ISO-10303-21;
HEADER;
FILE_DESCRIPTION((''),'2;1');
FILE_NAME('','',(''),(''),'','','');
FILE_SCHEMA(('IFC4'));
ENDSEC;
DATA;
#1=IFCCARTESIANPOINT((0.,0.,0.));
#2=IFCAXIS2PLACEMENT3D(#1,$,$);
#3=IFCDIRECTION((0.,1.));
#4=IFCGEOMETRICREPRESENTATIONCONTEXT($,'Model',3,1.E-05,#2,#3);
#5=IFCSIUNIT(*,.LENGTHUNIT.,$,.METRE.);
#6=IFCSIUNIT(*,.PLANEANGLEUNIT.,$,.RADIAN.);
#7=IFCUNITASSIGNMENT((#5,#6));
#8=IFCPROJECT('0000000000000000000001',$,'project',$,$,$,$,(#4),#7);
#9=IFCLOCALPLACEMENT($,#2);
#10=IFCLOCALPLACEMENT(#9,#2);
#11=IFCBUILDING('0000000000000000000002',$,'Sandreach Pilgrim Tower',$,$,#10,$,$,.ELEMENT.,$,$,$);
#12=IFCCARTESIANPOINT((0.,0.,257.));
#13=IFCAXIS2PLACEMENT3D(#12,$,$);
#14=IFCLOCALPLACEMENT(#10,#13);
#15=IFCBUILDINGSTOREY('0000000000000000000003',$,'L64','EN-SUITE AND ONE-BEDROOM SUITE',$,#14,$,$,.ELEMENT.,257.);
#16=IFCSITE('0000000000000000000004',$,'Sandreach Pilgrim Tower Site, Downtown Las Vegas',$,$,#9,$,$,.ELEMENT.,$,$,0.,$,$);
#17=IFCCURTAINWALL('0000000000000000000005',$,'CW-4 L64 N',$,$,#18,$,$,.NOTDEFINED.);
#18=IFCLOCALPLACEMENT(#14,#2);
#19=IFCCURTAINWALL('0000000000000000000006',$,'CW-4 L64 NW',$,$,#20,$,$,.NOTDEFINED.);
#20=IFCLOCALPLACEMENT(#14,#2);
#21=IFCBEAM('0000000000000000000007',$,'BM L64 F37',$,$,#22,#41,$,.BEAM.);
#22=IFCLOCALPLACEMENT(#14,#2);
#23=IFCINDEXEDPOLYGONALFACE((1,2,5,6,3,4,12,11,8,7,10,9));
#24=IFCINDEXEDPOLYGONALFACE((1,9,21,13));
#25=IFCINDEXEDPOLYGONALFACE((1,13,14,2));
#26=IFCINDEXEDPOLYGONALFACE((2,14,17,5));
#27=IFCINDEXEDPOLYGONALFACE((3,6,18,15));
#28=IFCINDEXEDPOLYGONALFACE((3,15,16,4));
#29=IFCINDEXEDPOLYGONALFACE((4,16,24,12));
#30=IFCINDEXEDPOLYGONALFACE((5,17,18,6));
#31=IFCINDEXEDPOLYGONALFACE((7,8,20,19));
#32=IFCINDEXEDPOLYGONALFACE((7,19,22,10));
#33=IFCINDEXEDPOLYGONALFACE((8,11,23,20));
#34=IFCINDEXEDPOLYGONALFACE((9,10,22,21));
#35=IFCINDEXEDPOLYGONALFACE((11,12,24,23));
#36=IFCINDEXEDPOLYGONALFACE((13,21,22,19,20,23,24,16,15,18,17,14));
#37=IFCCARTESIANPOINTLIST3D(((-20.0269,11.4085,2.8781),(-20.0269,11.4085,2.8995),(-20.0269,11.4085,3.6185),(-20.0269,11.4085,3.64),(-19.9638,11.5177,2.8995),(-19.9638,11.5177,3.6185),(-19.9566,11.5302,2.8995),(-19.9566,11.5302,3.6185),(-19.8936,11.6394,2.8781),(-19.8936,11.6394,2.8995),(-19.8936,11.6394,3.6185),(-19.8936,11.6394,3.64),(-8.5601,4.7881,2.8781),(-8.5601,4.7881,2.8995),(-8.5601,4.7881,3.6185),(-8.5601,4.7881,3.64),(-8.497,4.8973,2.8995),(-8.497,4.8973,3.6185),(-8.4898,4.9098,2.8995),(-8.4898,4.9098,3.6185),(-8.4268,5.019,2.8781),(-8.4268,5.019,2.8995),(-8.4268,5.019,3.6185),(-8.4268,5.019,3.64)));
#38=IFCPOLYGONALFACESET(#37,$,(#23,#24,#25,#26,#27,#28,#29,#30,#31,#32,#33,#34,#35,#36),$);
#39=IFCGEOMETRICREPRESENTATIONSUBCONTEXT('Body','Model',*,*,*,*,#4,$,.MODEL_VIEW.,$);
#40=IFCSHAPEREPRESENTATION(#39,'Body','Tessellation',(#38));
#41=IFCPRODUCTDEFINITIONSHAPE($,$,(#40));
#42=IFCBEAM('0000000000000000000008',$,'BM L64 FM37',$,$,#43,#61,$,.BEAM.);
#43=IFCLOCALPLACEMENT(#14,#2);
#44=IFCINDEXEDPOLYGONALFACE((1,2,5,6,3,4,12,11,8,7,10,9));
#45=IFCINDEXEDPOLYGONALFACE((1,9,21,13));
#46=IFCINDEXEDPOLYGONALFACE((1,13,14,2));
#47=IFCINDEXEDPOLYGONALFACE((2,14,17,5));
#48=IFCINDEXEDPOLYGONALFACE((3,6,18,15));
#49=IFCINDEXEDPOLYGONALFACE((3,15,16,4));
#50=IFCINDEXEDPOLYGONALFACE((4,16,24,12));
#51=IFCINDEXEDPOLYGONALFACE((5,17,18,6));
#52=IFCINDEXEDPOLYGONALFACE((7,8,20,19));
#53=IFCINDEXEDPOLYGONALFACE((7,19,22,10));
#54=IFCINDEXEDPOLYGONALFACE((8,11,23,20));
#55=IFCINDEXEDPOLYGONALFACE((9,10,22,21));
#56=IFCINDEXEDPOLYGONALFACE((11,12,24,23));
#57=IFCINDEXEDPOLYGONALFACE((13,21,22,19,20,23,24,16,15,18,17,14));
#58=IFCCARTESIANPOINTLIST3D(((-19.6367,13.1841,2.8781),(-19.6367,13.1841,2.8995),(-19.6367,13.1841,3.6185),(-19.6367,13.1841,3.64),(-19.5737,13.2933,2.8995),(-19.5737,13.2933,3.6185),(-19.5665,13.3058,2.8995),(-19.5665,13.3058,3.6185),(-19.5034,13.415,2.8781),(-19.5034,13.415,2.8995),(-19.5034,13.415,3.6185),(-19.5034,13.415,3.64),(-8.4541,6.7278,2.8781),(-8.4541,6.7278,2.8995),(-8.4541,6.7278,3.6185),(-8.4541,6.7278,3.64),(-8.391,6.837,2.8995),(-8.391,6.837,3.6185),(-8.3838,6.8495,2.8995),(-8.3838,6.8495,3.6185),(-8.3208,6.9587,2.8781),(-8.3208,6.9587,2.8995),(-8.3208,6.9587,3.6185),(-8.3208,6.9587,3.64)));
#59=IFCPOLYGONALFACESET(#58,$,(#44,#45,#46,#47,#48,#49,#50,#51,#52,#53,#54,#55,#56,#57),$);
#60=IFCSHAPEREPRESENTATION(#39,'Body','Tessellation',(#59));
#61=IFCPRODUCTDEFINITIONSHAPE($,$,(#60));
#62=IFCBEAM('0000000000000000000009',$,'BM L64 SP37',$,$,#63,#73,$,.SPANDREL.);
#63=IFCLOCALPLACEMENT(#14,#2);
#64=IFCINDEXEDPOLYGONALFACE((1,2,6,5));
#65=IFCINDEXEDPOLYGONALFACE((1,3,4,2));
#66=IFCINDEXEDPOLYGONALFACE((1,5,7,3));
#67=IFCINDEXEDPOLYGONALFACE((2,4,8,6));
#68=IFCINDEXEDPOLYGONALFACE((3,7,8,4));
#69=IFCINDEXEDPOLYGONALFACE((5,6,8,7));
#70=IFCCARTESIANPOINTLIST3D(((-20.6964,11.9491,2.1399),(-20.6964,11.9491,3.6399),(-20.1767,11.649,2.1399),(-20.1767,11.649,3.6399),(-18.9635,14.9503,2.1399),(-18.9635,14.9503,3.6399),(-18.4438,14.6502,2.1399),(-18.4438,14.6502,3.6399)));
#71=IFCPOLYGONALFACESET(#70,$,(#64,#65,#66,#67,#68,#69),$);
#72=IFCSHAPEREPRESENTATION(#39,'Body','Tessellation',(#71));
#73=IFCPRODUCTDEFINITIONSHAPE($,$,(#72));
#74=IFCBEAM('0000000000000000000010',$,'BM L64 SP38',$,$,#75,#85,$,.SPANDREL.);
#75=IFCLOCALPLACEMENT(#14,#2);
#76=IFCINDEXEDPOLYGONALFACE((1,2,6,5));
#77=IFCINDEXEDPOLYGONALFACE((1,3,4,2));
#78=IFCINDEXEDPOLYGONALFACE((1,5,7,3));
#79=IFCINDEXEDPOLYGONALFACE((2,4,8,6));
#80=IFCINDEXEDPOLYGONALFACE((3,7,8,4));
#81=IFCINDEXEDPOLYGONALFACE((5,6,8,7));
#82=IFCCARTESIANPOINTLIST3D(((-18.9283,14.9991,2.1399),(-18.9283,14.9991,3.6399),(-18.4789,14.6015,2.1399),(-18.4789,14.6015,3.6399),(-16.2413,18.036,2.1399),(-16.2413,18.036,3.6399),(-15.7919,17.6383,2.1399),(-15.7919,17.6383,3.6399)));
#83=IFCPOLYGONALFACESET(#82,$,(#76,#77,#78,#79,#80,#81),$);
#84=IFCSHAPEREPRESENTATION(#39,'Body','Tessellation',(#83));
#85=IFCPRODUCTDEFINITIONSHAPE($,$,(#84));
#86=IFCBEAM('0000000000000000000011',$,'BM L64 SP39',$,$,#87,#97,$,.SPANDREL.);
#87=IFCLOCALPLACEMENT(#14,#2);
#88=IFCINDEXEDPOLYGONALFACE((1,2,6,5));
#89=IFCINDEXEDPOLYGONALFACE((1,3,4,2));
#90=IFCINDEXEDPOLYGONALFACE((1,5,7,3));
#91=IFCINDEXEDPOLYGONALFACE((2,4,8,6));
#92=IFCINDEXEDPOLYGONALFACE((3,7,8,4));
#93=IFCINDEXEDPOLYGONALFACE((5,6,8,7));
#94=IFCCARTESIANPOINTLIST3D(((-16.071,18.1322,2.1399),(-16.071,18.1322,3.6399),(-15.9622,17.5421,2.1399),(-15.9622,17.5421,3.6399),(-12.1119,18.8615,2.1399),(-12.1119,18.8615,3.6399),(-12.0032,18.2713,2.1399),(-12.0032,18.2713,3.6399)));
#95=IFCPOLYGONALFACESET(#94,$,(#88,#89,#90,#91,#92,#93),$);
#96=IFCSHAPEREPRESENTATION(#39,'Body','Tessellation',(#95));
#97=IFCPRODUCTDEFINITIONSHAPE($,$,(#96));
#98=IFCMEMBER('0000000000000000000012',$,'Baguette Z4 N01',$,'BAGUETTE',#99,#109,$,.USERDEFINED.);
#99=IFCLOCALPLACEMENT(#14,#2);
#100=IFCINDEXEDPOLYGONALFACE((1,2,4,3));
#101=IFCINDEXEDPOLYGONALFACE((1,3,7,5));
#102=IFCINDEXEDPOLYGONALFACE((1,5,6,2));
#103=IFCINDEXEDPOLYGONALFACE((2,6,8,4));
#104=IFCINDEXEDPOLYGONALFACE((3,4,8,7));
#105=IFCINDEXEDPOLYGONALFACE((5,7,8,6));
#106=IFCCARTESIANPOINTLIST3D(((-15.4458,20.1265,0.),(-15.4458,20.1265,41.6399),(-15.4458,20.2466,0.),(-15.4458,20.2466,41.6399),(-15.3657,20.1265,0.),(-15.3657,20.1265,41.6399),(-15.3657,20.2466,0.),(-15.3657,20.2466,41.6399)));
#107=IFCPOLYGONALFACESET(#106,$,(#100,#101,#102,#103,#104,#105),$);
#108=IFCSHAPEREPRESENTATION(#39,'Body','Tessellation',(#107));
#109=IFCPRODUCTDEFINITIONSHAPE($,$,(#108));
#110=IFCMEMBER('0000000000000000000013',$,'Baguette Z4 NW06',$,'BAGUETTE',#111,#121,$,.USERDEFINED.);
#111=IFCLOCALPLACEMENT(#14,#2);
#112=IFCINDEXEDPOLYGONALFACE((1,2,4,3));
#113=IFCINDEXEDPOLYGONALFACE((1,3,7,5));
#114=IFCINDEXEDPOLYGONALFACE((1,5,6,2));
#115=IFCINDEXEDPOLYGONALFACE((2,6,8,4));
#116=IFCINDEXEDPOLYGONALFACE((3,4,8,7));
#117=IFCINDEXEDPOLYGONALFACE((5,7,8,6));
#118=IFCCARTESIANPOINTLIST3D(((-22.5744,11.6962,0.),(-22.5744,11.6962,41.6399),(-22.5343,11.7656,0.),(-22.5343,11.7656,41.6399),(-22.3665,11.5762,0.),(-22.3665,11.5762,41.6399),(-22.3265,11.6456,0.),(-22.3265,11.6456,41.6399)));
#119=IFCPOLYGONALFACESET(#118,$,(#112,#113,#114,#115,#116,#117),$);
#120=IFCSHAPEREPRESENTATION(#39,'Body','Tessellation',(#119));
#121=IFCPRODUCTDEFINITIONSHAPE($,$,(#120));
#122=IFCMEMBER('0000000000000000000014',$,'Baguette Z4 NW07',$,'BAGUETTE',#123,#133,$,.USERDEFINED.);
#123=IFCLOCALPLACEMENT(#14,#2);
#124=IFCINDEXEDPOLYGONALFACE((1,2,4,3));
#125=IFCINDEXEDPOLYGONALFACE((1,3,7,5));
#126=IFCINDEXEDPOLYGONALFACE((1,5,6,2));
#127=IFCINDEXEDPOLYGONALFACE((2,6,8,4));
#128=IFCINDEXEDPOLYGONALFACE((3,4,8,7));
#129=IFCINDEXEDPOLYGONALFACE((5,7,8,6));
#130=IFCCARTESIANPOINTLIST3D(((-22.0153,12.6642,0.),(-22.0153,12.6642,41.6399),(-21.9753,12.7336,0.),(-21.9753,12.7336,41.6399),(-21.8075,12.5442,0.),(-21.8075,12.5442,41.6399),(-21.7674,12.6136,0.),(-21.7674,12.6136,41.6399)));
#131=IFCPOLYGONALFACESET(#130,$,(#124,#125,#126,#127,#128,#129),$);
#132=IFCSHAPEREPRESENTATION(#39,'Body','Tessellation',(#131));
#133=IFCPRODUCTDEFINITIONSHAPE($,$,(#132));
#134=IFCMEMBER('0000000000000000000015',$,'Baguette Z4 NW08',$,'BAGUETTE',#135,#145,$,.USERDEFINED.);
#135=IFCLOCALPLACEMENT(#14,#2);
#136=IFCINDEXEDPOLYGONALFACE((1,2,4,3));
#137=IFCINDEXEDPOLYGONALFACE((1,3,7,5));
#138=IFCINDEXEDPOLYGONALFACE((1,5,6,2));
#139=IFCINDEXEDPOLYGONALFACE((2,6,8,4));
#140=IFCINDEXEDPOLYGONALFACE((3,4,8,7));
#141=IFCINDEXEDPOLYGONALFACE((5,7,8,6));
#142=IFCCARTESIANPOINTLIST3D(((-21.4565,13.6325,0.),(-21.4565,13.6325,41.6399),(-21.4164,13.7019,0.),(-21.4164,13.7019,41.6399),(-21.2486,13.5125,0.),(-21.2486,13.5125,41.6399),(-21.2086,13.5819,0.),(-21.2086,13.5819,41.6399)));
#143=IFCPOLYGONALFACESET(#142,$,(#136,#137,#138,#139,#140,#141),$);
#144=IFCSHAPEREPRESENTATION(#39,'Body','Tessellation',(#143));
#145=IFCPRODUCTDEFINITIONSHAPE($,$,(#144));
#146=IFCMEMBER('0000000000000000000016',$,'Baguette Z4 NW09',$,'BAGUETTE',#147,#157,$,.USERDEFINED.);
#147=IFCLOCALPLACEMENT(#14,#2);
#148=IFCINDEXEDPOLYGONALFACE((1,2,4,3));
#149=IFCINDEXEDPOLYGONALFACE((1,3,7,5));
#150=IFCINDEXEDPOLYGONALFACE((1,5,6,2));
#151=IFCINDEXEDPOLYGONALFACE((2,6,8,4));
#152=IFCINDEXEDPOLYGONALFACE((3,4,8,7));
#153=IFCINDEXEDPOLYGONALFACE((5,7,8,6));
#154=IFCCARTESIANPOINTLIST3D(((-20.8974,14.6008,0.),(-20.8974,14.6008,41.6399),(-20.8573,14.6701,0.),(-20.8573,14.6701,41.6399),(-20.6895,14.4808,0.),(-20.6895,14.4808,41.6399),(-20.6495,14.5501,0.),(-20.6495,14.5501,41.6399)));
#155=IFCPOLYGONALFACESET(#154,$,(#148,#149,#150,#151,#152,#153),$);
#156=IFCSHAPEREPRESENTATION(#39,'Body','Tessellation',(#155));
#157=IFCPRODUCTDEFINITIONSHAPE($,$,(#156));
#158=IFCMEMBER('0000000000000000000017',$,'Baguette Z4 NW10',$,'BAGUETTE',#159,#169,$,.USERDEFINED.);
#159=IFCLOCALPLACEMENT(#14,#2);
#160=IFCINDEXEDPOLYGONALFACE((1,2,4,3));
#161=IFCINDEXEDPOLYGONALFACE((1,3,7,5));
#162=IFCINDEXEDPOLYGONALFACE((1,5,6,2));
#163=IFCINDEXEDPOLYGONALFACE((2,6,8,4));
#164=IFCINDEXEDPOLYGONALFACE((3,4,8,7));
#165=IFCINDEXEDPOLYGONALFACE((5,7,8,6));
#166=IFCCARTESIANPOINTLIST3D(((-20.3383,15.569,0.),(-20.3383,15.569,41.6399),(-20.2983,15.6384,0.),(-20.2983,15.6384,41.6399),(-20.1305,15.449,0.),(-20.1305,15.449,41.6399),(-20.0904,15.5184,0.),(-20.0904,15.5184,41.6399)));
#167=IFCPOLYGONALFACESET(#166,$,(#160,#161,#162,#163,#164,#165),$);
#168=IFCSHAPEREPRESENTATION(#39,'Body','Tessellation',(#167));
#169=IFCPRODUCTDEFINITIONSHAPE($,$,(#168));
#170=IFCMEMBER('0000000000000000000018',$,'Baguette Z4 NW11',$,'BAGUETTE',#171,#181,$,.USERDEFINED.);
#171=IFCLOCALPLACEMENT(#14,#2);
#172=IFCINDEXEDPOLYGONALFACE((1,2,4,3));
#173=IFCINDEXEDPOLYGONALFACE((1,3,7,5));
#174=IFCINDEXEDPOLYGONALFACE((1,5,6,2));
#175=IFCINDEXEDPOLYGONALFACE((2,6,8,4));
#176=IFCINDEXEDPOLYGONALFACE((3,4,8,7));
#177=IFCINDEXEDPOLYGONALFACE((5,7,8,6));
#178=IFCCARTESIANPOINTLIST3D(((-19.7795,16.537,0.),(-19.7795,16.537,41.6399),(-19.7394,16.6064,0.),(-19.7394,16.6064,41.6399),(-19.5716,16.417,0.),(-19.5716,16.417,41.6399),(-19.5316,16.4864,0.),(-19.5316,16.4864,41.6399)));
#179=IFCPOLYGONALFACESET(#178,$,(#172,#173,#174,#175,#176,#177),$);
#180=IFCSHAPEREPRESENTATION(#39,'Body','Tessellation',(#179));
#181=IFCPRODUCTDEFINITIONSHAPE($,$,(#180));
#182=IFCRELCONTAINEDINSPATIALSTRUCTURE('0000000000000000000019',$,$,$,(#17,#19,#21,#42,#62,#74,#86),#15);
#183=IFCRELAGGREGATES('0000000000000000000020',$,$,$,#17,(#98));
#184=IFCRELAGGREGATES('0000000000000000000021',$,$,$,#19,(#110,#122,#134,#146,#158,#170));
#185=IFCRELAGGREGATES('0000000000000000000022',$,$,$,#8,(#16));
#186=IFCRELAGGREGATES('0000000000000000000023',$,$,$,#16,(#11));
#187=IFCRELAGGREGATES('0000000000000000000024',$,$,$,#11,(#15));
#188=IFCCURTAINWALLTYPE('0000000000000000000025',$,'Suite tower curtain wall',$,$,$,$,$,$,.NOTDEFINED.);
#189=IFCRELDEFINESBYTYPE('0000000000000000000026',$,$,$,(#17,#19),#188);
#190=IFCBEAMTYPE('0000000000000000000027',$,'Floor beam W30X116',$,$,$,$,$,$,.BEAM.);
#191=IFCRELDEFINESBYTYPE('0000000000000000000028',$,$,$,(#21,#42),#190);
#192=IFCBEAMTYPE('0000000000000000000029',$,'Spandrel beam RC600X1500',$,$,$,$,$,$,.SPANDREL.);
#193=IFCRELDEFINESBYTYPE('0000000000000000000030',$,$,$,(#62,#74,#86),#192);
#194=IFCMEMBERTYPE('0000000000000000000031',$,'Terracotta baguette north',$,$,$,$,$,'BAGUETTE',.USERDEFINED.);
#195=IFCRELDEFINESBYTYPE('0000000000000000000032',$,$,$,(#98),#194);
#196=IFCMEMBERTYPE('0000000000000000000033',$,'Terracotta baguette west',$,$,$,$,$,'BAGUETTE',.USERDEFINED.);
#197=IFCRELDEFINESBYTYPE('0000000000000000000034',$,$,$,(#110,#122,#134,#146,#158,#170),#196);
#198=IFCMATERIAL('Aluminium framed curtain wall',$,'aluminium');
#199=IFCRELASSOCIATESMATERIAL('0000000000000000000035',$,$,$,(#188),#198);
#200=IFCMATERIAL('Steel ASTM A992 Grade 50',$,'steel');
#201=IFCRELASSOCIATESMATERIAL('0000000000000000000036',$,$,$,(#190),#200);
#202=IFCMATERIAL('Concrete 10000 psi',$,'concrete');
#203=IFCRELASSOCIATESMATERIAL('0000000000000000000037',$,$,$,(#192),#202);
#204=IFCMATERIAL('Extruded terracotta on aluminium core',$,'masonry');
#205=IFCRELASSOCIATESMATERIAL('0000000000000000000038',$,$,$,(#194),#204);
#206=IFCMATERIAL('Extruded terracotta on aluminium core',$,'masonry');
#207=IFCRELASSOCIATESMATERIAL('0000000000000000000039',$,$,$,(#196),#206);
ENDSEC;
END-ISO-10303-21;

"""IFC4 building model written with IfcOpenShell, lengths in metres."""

from ifc_helpers import new_model, si_unit, direction, frame, origin, origin_2d, place, context, subcontext, project, spatial, rectangle, i_section, extrude, material, material_profile, profile_set, type_object, element, aggregate, save


model = new_model("IFC4")

# Units and contexts
model_context = context("Model", 3, precision=1e-05, world=origin(), true_north=direction((0.0, 1.0)))
body_context = subcontext(model_context, "Body", "Model", "MODEL_VIEW")
ifc_project = project(units=[si_unit("LENGTHUNIT", "METRE"), si_unit("PLANEANGLEUNIT", "RADIAN")], contexts=[model_context])

# Site, building, storey
site_placement = place(None, origin())
site = spatial("IfcSite", under=ifc_project, at=site_placement, Name="Sandreach Pilgrim Tower Site, Downtown Las Vegas", CompositionType="ELEMENT", RefElevation=0.0)
building_placement = place(site_placement, origin())
building = spatial("IfcBuilding", under=site, at=building_placement, Name="Sandreach Pilgrim Tower", CompositionType="ELEMENT")
storey_placement = place(building_placement, frame((0.0, 0.0, 257.0)))
storey = spatial("IfcBuildingStorey", under=building, at=storey_placement, Name="L64", Description="EN-SUITE AND ONE-BEDROOM SUITE", CompositionType="ELEMENT", Elevation=257.0)

# Curtain wall
ifc_material_1 = material(Name="Aluminium framed curtain wall", Category="aluminium")
curtain_wall_type = type_object("IfcCurtainWallType", Name="Suite tower curtain wall", PredefinedType="NOTDEFINED", material=ifc_material_1)
curtain_wall_1_placement = place(storey_placement, origin())
curtain_wall_1 = element("IfcCurtainWall", 1, at=curtain_wall_1_placement, inside=storey, type_object=curtain_wall_type, Name="CW-4 L64 N", PredefinedType="NOTDEFINED")

# Curtain wall
curtain_wall_2_placement = place(storey_placement, origin())
curtain_wall_2 = element("IfcCurtainWall", 2, at=curtain_wall_2_placement, inside=storey, type_object=curtain_wall_type, Name="CW-4 L64 NW", PredefinedType="NOTDEFINED")

# Beams
ifc_material_2 = material(Name="Steel ASTM A992 Grade 50", Category="steel")
ifc_material_profile_1 = material_profile(ifc_material_2, i_section(OverallWidth=0.2666, OverallDepth=0.762, WebThickness=0.0144, FlangeThickness=0.0215, at=origin_2d()), Name="W30X116")
ifc_profile_set_1 = profile_set([ifc_material_profile_1], Name="Steel ASTM A992 Grade 50")
beam_type_1 = type_object("IfcBeamType", Name="Floor beam W30X116", PredefinedType="BEAM", material=ifc_profile_set_1)
beam_1_placement = place(storey_placement, frame((-19.9602, 11.5239, 3.259), z_axis=(0.866025, -0.5, 0.0), x_axis=(0.5, 0.866025, 0.0)))
element("IfcBeam", 3, at=beam_1_placement, inside=storey, type_object=beam_type_1, Name="BM L64 F37", PredefinedType="BEAM", context=body_context, shape_type="SweptSolid", body=[
    extrude(i_section(OverallWidth=0.2666, OverallDepth=0.762, WebThickness=0.0144, FlangeThickness=0.0215, at=origin_2d()), origin(), (0.0, 0.0, 1.0), 13.2407),
])
beam_2_placement = place(storey_placement, frame((-19.5701, 13.2996, 3.259), z_axis=(0.866025, -0.500001, 0.0), x_axis=(0.500001, 0.866025, 0.0)))
element("IfcBeam", 4, at=beam_2_placement, inside=storey, type_object=beam_type_1, Name="BM L64 FM37", PredefinedType="BEAM", context=body_context, shape_type="SweptSolid", body=[
    extrude(i_section(OverallWidth=0.2666, OverallDepth=0.762, WebThickness=0.0144, FlangeThickness=0.0215, at=origin_2d()), origin(), (0.0, 0.0, 1.0), 12.9126),
])
ifc_material_3 = material(Name="Concrete 10000 psi", Category="concrete")
ifc_material_profile_2 = material_profile(ifc_material_3, rectangle(XDim=0.6001, YDim=1.5, at=origin_2d()), Name="RC600X1500")
ifc_profile_set_2 = profile_set([ifc_material_profile_2], Name="Concrete 10000 psi")
beam_type_2 = type_object("IfcBeamType", Name="Spandrel beam RC600X1500", PredefinedType="SPANDREL", material=ifc_profile_set_2)
beam_3_placement = place(storey_placement, frame((-20.4365, 11.7991, 2.8899), z_axis=(0.500033, 0.866006, 0.0), x_axis=(-0.866006, 0.500033, 0.0)))
element("IfcBeam", 5, at=beam_3_placement, inside=storey, type_object=beam_type_2, Name="BM L64 SP37", PredefinedType="SPANDREL", context=body_context, shape_type="SweptSolid", body=[
    extrude(rectangle(XDim=0.6001, YDim=1.5, at=origin_2d()), origin(), (0.0, 0.0, 1.0), 3.4656),
])
beam_4_placement = place(storey_placement, frame((-18.7036, 14.8003, 2.8899), z_axis=(0.662651, 0.748929, 0.0), x_axis=(-0.748929, 0.662651, 0.0)))
element("IfcBeam", 6, at=beam_4_placement, inside=storey, type_object=beam_type_2, Name="BM L64 SP38", PredefinedType="SPANDREL", context=body_context, shape_type="SweptSolid", body=[
    extrude(rectangle(XDim=0.6001, YDim=1.5, at=origin_2d()), origin(), (0.0, 0.0, 1.0), 4.0549),
])
beam_5_placement = place(storey_placement, frame((-16.0166, 17.8372, 2.8899), z_axis=(0.983455, 0.181153, 0.0), x_axis=(-0.181153, 0.983455, 0.0)))
element("IfcBeam", 7, at=beam_5_placement, inside=storey, type_object=beam_type_2, Name="BM L64 SP39", PredefinedType="SPANDREL", context=body_context, shape_type="SweptSolid", body=[
    extrude(rectangle(XDim=0.6001, YDim=1.5, at=origin_2d()), origin(), (0.0, 0.0, 1.0), 4.0256),
])

# Members
ifc_material_4 = material(Name="Extruded terracotta on aluminium core", Category="masonry")
ifc_material_profile_3 = material_profile(ifc_material_4, rectangle(XDim=0.0801, YDim=0.1201, at=origin_2d()), Name="TBN 80X120")
ifc_profile_set_3 = profile_set([ifc_material_profile_3], Name="Extruded terracotta on aluminium core")
member_type_1 = type_object("IfcMemberType", Name="Terracotta baguette north", ElementType="BAGUETTE", PredefinedType="USERDEFINED", material=ifc_profile_set_3)
member_1_placement = place(storey_placement, frame((-15.4058, 20.1865, 0.0), z_axis=(0.0, 0.0, 1.0), x_axis=(1.0, 0.0, 0.0)))
member_1 = element("IfcMember", 8, at=member_1_placement, type_object=member_type_1, Name="Baguette Z4 N01", ObjectType="BAGUETTE", PredefinedType="USERDEFINED", context=body_context, shape_type="SweptSolid", body=[
    extrude(rectangle(XDim=0.0801, YDim=0.1201, at=origin_2d()), origin(), (0.0, 0.0, 1.0), 41.6399),
])
aggregate(curtain_wall_1, [member_1])
ifc_material_5 = material(Name="Extruded terracotta on aluminium core", Category="masonry")
ifc_material_profile_4 = material_profile(ifc_material_5, rectangle(XDim=0.0801, YDim=0.24, at=origin_2d()), Name="TBW 80X240")
ifc_profile_set_4 = profile_set([ifc_material_profile_4], Name="Extruded terracotta on aluminium core")
member_type_2 = type_object("IfcMemberType", Name="Terracotta baguette west", ElementType="BAGUETTE", PredefinedType="USERDEFINED", material=ifc_profile_set_4)
member_2_placement = place(storey_placement, frame((-22.4504, 11.6709, 0.0), z_axis=(0.0, 0.0, 1.0), x_axis=(0.5, 0.866025, 0.0)))
member_2 = element("IfcMember", 9, at=member_2_placement, type_object=member_type_2, Name="Baguette Z4 NW06", ObjectType="BAGUETTE", PredefinedType="USERDEFINED", context=body_context, shape_type="SweptSolid", body=[
    extrude(rectangle(XDim=0.0801, YDim=0.24, at=origin_2d()), origin(), (0.0, 0.0, 1.0), 41.6399),
])
member_3_placement = place(storey_placement, frame((-21.8914, 12.6389, 0.0), z_axis=(0.0, 0.0, 1.0), x_axis=(0.5, 0.866025, 0.0)))
member_3 = element("IfcMember", 10, at=member_3_placement, type_object=member_type_2, Name="Baguette Z4 NW07", ObjectType="BAGUETTE", PredefinedType="USERDEFINED", context=body_context, shape_type="SweptSolid", body=[
    extrude(rectangle(XDim=0.0801, YDim=0.24, at=origin_2d()), origin(), (0.0, 0.0, 1.0), 41.6399),
])
member_4_placement = place(storey_placement, frame((-21.3325, 13.6072, 0.0), z_axis=(0.0, 0.0, 1.0), x_axis=(0.5, 0.866025, 0.0)))
member_4 = element("IfcMember", 11, at=member_4_placement, type_object=member_type_2, Name="Baguette Z4 NW08", ObjectType="BAGUETTE", PredefinedType="USERDEFINED", context=body_context, shape_type="SweptSolid", body=[
    extrude(rectangle(XDim=0.0801, YDim=0.24, at=origin_2d()), origin(), (0.0, 0.0, 1.0), 41.6399),
])
member_5_placement = place(storey_placement, frame((-20.7734, 14.5754, 0.0), z_axis=(0.0, 0.0, 1.0), x_axis=(0.5, 0.866025, 0.0)))
member_5 = element("IfcMember", 12, at=member_5_placement, type_object=member_type_2, Name="Baguette Z4 NW09", ObjectType="BAGUETTE", PredefinedType="USERDEFINED", context=body_context, shape_type="SweptSolid", body=[
    extrude(rectangle(XDim=0.0801, YDim=0.24, at=origin_2d()), origin(), (0.0, 0.0, 1.0), 41.6399),
])
member_6_placement = place(storey_placement, frame((-20.2144, 15.5437, 0.0), z_axis=(0.0, 0.0, 1.0), x_axis=(0.5, 0.866025, 0.0)))
member_6 = element("IfcMember", 13, at=member_6_placement, type_object=member_type_2, Name="Baguette Z4 NW10", ObjectType="BAGUETTE", PredefinedType="USERDEFINED", context=body_context, shape_type="SweptSolid", body=[
    extrude(rectangle(XDim=0.0801, YDim=0.24, at=origin_2d()), origin(), (0.0, 0.0, 1.0), 41.6399),
])
member_7_placement = place(storey_placement, frame((-19.6555, 16.5117, 0.0), z_axis=(0.0, 0.0, 1.0), x_axis=(0.5, 0.866025, 0.0)))
member_7 = element("IfcMember", 14, at=member_7_placement, type_object=member_type_2, Name="Baguette Z4 NW11", ObjectType="BAGUETTE", PredefinedType="USERDEFINED", context=body_context, shape_type="SweptSolid", body=[
    extrude(rectangle(XDim=0.0801, YDim=0.24, at=origin_2d()), origin(), (0.0, 0.0, 1.0), 41.6399),
])

aggregate(curtain_wall_2, [member_2, member_3, member_4, member_5, member_6, member_7])

save(model, "model.ifc")
